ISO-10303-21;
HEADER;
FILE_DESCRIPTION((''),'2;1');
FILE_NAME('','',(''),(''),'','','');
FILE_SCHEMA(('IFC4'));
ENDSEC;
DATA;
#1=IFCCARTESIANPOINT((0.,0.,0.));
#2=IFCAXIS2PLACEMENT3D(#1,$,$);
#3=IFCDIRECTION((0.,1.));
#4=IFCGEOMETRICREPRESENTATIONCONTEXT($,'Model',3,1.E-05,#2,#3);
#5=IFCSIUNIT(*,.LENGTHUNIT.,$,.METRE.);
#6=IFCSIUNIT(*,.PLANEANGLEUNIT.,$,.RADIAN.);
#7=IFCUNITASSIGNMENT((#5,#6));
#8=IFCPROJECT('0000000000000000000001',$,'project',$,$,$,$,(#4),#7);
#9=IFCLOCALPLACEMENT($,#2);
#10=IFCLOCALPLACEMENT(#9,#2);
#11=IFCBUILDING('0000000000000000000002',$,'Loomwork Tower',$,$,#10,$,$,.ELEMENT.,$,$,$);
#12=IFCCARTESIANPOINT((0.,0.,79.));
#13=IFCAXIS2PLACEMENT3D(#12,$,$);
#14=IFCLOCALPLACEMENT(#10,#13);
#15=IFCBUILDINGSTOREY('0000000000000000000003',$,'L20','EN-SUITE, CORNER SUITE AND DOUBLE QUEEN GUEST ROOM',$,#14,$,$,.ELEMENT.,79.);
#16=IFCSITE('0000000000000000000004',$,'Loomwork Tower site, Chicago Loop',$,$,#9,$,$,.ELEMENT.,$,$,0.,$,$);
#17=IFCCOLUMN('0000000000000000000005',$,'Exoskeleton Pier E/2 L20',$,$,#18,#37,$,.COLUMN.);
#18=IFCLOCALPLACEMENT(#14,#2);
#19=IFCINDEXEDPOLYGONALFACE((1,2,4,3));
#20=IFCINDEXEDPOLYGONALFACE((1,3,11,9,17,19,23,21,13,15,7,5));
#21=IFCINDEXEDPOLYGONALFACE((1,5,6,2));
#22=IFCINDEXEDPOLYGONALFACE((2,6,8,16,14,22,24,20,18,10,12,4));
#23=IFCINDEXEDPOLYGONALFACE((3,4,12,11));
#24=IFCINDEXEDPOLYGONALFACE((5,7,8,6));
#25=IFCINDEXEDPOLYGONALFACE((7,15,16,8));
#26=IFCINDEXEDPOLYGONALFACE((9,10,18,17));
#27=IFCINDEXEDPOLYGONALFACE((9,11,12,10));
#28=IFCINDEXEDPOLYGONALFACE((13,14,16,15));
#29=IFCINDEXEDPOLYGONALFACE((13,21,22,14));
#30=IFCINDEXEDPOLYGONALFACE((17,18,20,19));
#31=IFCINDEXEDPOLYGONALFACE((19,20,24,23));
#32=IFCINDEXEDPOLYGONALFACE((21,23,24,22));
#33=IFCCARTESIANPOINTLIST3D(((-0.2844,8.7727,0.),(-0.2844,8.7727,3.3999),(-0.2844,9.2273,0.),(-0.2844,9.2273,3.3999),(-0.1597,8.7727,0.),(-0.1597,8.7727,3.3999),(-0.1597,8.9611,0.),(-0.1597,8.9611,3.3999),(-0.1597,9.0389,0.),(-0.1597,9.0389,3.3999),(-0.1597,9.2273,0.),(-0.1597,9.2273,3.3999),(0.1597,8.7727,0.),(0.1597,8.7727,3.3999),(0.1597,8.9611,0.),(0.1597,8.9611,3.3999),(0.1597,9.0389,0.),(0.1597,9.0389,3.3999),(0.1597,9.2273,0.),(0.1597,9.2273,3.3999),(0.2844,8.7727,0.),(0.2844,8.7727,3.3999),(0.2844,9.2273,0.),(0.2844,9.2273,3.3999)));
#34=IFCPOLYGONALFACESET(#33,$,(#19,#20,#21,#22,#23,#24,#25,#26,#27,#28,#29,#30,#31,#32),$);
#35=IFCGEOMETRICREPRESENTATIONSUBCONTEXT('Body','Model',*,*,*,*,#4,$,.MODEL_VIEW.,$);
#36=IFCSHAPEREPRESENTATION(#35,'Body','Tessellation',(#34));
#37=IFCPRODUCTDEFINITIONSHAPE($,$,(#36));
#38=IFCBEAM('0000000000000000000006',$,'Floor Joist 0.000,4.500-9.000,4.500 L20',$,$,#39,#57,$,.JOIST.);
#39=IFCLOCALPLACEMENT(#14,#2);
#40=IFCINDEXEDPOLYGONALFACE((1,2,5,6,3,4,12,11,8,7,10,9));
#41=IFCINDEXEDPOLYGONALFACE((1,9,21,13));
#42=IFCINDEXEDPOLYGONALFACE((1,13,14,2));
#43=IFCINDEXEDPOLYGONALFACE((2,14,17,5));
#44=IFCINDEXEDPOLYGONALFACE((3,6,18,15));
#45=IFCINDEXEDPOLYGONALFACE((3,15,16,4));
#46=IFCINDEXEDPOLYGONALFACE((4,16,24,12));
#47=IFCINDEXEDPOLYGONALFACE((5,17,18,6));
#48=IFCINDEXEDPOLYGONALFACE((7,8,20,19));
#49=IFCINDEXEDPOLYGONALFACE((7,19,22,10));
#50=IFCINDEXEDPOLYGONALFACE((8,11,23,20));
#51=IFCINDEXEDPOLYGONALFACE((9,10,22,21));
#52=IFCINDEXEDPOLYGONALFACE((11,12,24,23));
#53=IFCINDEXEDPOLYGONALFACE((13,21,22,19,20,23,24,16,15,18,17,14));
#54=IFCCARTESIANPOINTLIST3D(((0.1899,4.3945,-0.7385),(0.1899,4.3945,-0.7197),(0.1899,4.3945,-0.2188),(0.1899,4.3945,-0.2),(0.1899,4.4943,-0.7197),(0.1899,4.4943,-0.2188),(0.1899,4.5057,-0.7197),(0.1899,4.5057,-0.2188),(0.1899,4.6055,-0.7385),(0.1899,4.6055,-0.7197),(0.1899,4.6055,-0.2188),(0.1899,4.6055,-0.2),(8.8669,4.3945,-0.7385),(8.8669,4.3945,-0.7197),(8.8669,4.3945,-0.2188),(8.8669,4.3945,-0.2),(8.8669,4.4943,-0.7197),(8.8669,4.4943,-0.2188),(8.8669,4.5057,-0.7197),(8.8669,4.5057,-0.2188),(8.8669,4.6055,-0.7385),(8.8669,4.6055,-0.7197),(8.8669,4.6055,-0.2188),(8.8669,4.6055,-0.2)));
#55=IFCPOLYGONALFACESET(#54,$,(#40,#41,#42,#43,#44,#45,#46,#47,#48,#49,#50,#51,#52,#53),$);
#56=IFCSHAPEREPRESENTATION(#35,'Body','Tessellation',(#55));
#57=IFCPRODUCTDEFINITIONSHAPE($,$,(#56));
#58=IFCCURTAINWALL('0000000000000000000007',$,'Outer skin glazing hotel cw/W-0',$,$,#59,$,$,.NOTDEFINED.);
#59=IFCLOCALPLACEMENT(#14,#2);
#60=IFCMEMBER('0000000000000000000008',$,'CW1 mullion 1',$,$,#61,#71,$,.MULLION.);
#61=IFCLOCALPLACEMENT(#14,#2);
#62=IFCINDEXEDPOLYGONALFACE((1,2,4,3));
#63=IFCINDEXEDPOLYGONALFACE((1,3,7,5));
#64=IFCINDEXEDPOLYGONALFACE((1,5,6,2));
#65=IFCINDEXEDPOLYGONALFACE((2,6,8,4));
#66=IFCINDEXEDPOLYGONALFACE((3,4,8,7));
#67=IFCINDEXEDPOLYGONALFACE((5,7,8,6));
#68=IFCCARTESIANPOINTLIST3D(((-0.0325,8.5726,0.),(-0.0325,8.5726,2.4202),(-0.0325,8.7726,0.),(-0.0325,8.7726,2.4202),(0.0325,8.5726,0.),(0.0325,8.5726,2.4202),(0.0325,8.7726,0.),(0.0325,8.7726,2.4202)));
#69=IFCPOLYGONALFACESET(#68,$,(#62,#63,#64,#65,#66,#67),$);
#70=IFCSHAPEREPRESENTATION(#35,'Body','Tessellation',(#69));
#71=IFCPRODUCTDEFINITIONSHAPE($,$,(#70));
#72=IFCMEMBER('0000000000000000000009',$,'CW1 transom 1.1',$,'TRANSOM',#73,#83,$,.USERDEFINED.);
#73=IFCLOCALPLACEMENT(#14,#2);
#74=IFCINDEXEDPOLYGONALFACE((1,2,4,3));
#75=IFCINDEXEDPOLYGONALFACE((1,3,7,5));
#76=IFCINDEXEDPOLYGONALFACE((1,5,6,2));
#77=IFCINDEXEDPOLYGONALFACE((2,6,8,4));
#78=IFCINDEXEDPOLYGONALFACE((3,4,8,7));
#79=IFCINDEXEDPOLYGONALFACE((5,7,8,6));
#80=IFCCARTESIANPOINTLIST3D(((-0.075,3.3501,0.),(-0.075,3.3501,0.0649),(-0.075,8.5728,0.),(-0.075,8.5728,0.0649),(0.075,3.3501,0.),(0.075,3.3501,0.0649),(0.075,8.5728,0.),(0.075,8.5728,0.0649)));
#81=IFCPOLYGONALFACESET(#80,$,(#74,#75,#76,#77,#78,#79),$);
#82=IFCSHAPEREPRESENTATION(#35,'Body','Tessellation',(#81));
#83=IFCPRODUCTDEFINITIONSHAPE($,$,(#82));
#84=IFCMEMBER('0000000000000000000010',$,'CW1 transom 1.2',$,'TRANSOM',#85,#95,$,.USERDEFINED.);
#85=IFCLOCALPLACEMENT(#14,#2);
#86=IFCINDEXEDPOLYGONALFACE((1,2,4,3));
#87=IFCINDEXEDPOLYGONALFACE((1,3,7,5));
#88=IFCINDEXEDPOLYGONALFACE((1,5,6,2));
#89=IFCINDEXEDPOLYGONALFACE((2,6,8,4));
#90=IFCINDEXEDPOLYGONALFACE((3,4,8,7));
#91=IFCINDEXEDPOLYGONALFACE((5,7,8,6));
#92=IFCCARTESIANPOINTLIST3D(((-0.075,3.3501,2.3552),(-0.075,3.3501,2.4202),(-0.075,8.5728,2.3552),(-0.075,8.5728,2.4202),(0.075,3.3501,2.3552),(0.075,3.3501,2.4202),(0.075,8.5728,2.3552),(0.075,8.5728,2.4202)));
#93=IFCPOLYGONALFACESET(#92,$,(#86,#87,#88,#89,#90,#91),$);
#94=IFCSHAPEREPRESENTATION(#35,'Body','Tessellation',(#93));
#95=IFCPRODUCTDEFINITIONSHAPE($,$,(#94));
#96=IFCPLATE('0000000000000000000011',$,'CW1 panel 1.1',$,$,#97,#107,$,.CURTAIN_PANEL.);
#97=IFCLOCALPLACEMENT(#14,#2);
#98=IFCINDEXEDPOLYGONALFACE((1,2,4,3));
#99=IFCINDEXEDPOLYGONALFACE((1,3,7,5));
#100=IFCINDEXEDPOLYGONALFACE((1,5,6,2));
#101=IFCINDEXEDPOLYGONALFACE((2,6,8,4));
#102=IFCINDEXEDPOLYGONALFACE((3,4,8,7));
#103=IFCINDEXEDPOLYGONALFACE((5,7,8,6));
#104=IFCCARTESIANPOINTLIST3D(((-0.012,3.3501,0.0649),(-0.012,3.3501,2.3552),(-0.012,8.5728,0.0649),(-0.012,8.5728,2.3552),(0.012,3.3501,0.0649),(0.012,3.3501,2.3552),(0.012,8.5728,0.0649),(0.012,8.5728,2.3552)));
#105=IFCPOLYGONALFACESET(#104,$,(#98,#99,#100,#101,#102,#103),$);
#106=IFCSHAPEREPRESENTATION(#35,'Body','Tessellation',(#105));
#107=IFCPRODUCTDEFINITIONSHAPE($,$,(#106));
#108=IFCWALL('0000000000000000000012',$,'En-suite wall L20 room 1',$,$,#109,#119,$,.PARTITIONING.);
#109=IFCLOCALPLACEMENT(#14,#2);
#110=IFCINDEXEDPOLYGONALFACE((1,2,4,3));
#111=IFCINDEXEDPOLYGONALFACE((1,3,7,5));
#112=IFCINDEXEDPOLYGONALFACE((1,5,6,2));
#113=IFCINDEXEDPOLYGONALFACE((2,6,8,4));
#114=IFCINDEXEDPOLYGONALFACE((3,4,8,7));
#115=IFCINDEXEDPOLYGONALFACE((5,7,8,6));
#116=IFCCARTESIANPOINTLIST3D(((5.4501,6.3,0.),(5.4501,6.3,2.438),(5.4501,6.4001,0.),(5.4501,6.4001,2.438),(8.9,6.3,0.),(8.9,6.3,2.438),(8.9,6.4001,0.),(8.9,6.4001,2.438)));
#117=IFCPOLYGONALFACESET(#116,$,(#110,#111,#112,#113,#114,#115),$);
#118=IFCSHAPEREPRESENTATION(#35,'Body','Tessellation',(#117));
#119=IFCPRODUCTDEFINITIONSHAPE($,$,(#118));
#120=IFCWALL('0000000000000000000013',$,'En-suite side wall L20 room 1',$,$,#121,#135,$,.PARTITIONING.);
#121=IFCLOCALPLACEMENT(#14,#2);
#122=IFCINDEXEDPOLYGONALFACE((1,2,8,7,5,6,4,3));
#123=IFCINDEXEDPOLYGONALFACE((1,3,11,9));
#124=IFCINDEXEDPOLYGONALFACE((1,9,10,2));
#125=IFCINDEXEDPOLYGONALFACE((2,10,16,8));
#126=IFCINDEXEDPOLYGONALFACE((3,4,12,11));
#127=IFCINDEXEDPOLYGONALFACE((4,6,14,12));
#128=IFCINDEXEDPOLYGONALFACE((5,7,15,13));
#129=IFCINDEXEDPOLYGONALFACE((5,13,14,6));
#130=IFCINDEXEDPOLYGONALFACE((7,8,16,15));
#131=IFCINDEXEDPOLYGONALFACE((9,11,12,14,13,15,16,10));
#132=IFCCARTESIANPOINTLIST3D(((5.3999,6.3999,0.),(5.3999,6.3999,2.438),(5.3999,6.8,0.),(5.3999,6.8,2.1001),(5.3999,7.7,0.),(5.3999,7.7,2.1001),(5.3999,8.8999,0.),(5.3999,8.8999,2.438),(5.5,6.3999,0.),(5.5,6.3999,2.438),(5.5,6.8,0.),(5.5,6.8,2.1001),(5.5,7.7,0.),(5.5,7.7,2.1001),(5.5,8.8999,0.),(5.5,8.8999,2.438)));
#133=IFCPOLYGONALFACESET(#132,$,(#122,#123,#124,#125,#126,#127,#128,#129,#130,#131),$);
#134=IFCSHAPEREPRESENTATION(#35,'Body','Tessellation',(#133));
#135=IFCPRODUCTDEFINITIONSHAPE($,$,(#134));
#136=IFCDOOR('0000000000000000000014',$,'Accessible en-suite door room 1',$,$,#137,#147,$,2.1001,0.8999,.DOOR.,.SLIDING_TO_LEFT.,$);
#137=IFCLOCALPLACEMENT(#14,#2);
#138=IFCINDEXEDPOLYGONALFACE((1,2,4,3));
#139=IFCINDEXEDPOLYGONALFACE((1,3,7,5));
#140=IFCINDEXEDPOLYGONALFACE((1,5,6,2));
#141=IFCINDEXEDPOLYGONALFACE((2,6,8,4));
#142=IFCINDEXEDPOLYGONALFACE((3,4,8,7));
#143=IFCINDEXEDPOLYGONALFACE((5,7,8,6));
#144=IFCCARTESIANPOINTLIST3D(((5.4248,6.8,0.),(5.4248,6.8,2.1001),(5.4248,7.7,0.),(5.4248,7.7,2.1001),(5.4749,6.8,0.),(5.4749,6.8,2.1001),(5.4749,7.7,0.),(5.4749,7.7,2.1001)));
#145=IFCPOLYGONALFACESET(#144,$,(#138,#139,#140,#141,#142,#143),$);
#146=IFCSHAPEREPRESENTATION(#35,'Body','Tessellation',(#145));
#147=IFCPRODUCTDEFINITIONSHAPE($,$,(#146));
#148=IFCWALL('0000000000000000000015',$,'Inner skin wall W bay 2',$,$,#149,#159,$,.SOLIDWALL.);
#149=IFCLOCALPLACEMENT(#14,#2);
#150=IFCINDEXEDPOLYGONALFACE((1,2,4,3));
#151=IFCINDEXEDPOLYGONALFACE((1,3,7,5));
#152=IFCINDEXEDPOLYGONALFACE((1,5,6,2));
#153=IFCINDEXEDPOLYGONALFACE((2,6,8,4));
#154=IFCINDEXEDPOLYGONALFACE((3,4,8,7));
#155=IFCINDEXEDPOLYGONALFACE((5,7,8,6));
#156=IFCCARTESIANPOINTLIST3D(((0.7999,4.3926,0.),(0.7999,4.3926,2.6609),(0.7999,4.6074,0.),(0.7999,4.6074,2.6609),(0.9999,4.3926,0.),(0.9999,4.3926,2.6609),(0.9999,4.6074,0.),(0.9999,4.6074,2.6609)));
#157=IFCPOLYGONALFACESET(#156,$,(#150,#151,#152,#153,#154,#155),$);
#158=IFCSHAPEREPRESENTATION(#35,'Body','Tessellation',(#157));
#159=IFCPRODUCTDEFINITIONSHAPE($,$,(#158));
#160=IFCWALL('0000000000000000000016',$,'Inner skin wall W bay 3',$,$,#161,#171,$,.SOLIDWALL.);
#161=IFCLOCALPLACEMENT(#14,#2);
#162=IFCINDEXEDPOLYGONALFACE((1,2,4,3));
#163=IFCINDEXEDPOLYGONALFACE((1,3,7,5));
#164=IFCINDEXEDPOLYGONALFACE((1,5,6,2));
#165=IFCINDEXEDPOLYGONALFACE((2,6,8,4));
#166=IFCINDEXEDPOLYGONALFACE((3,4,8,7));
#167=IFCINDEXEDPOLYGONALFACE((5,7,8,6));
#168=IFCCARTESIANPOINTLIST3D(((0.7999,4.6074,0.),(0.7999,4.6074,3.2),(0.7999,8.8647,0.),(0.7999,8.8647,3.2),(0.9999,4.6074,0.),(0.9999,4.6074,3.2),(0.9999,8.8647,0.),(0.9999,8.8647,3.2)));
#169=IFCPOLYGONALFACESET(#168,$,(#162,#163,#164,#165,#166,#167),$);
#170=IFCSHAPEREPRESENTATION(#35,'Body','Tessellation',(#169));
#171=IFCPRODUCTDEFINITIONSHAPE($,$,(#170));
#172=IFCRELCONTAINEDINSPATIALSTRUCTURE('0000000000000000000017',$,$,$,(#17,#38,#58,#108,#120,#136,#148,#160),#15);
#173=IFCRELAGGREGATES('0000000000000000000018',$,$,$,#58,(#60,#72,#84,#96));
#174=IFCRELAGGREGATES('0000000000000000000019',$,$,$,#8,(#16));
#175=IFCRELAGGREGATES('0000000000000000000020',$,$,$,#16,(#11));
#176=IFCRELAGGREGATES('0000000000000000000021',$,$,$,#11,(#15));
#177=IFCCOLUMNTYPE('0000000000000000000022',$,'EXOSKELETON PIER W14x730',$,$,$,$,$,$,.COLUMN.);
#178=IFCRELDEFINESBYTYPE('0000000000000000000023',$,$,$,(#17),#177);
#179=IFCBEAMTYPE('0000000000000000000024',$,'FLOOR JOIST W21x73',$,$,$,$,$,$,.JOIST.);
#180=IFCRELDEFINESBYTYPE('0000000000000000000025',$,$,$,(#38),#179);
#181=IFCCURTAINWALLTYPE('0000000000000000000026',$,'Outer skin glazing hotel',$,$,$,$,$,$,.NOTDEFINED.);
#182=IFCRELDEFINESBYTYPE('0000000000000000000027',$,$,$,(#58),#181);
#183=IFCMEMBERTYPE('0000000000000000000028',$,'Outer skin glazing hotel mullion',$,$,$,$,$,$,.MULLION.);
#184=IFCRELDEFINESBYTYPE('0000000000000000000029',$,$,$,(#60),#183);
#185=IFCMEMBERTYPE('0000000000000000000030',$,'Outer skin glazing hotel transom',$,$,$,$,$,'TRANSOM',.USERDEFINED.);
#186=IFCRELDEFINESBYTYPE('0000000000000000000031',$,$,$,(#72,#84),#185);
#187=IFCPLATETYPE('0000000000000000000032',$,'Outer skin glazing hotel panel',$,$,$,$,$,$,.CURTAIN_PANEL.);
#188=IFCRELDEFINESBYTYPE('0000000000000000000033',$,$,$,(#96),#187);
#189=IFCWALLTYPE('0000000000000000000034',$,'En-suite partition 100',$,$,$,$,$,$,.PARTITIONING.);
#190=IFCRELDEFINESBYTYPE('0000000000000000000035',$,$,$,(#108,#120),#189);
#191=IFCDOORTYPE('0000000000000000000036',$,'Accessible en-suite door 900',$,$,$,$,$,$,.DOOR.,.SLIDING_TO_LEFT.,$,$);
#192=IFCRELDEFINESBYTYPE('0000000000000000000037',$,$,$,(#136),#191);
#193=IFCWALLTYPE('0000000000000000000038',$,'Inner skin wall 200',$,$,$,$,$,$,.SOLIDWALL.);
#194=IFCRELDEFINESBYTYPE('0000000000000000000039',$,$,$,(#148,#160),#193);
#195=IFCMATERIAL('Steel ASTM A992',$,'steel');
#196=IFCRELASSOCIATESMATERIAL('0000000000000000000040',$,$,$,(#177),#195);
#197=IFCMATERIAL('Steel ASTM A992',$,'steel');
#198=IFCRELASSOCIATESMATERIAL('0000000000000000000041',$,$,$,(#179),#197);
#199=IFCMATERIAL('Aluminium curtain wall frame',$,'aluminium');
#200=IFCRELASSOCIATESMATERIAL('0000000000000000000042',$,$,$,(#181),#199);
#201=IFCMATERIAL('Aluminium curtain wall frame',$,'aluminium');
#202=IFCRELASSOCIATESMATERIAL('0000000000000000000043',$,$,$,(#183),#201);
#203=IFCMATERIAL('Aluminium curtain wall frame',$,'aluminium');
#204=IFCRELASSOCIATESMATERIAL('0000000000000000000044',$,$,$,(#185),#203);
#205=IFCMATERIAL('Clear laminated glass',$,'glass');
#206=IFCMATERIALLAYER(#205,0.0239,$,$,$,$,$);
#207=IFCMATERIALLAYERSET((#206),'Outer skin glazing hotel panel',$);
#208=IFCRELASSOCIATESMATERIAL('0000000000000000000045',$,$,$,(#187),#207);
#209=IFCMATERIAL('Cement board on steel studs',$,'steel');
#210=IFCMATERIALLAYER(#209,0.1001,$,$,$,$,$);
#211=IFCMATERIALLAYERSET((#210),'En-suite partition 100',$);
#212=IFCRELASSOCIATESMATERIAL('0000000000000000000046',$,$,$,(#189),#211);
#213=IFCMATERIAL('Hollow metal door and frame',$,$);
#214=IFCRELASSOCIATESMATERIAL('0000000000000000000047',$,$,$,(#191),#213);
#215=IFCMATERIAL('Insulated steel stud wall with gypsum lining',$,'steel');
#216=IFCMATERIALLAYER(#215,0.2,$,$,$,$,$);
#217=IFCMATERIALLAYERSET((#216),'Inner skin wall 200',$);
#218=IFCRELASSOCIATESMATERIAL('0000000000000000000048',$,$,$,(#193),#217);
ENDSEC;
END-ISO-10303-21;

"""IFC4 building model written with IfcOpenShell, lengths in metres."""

from ifc_helpers import new_model, si_unit, direction, frame, frame_2d, origin, origin_2d, place, context, subcontext, project, spatial, rectangle, i_section, extrude, material, layer, layer_set, material_profile, profile_set, type_object, element, fill, aggregate, save


model = new_model("IFC4")

# Units and contexts
model_context = context("Model", 3, precision=1e-05, world=origin(), true_north=direction((0.0, 1.0)))
body_context = subcontext(model_context, "Body", "Model", "MODEL_VIEW")
ifc_project = project(units=[si_unit("LENGTHUNIT", "METRE"), si_unit("PLANEANGLEUNIT", "RADIAN")], contexts=[model_context])

# Site, building, storey
site_placement = place(None, origin())
site = spatial("IfcSite", under=ifc_project, at=site_placement, Name="Loomwork Tower site, Chicago Loop", CompositionType="ELEMENT", RefElevation=0.0)
building_placement = place(site_placement, origin())
building = spatial("IfcBuilding", under=site, at=building_placement, Name="Loomwork Tower", CompositionType="ELEMENT")
storey_placement = place(building_placement, frame((0.0, 0.0, 79.0)))
storey = spatial("IfcBuildingStorey", under=building, at=storey_placement, Name="L20", Description="EN-SUITE, CORNER SUITE AND DOUBLE QUEEN GUEST ROOM", CompositionType="ELEMENT", Elevation=79.0)

# Column
ifc_material_1 = material(Name="Steel ASTM A992", Category="steel")
ifc_material_profile_1 = material_profile(ifc_material_1, i_section(OverallWidth=0.4546, OverallDepth=0.5688, WebThickness=0.0779, FlangeThickness=0.1248, at=origin_2d()), Name="W14x730")
ifc_profile_set_1 = profile_set([ifc_material_profile_1], Name="Steel ASTM A992")
column_type = type_object("IfcColumnType", Name="EXOSKELETON PIER W14x730", PredefinedType="COLUMN", material=ifc_profile_set_1)
column_placement = place(storey_placement, frame((0.0, 9.0, 0.0), z_axis=(0.0, 0.0, 1.0), x_axis=(0.0, 1.0, 0.0)))
element("IfcColumn", 1, at=column_placement, inside=storey, type_object=column_type, Name="Exoskeleton Pier E/2 L20", PredefinedType="COLUMN", context=body_context, shape_type="SweptSolid", body=[
    extrude(i_section(OverallWidth=0.4546, OverallDepth=0.5688, WebThickness=0.0779, FlangeThickness=0.1248, at=origin_2d()), origin(), (0.0, 0.0, 1.0), 3.3999),
])

# Beam
ifc_material_2 = material(Name="Steel ASTM A992", Category="steel")
ifc_material_profile_2 = material_profile(ifc_material_2, i_section(OverallWidth=0.2109, OverallDepth=0.5386, WebThickness=0.0115, FlangeThickness=0.0188, at=origin_2d()), Name="W21x73")
ifc_profile_set_2 = profile_set([ifc_material_profile_2], Name="Steel ASTM A992")
beam_type = type_object("IfcBeamType", Name="FLOOR JOIST W21x73", PredefinedType="JOIST", material=ifc_profile_set_2)
beam_placement = place(storey_placement, frame((0.1899, 4.5, -0.4692), z_axis=(1.0, 0.0, 0.0), x_axis=(0.0, 1.0, 0.0)))
element("IfcBeam", 2, at=beam_placement, inside=storey, type_object=beam_type, Name="Floor Joist 0.000,4.500-9.000,4.500 L20", PredefinedType="JOIST", context=body_context, shape_type="SweptSolid", body=[
    extrude(i_section(OverallWidth=0.2109, OverallDepth=0.5386, WebThickness=0.0115, FlangeThickness=0.0188, at=origin_2d()), origin(), (0.0, 0.0, 1.0), 8.677),
])

# Curtain wall, members, plate
ifc_material_3 = material(Name="Aluminium curtain wall frame", Category="aluminium")
curtain_wall_type = type_object("IfcCurtainWallType", Name="Outer skin glazing hotel", PredefinedType="NOTDEFINED", material=ifc_material_3)
curtain_wall_placement = place(storey_placement, origin())
curtain_wall = element("IfcCurtainWall", 3, at=curtain_wall_placement, inside=storey, type_object=curtain_wall_type, Name="Outer skin glazing hotel cw/W-0", PredefinedType="NOTDEFINED")
ifc_material_4 = material(Name="Aluminium curtain wall frame", Category="aluminium")
ifc_material_profile_3 = material_profile(ifc_material_4, rectangle(XDim=0.0649, YDim=0.2, at=origin_2d()), Name="AL 65x200")
ifc_profile_set_3 = profile_set([ifc_material_profile_3], Name="Aluminium curtain wall frame")
member_type_1 = type_object("IfcMemberType", Name="Outer skin glazing hotel mullion", PredefinedType="MULLION", material=ifc_profile_set_3)
member_1_placement = place(storey_placement, frame((0.0, 8.6726, 0.0), z_axis=(0.0, 0.0, 1.0), x_axis=(1.0, 0.0, 0.0)))
member_1 = element("IfcMember", 4, at=member_1_placement, type_object=member_type_1, Name="CW1 mullion 1", PredefinedType="MULLION", context=body_context, shape_type="SweptSolid", body=[
    extrude(rectangle(XDim=0.0649, YDim=0.2, at=origin_2d()), origin(), (0.0, 0.0, 1.0), 2.4202),
])
ifc_material_5 = material(Name="Aluminium curtain wall frame", Category="aluminium")
ifc_material_profile_4 = material_profile(ifc_material_5, rectangle(XDim=0.1499, YDim=0.0649, at=origin_2d()), Name="AL 65x150")
ifc_profile_set_4 = profile_set([ifc_material_profile_4], Name="Aluminium curtain wall frame")
member_type_2 = type_object("IfcMemberType", Name="Outer skin glazing hotel transom", ElementType="TRANSOM", PredefinedType="USERDEFINED", material=ifc_profile_set_4)
member_2_placement = place(storey_placement, frame((0.0, 8.5728, 0.0325), z_axis=(0.0, -1.0, 0.0), x_axis=(1.0, 0.0, 0.0)))
member_2 = element("IfcMember", 5, at=member_2_placement, type_object=member_type_2, Name="CW1 transom 1.1", ObjectType="TRANSOM", PredefinedType="USERDEFINED", context=body_context, shape_type="SweptSolid", body=[
    extrude(rectangle(XDim=0.1499, YDim=0.0649, at=origin_2d()), origin(), (0.0, 0.0, 1.0), 5.2227),
])
member_3_placement = place(storey_placement, frame((0.0, 8.5728, 2.3877), z_axis=(0.0, -1.0, 0.0), x_axis=(1.0, 0.0, 0.0)))
member_3 = element("IfcMember", 6, at=member_3_placement, type_object=member_type_2, Name="CW1 transom 1.2", ObjectType="TRANSOM", PredefinedType="USERDEFINED", context=body_context, shape_type="SweptSolid", body=[
    extrude(rectangle(XDim=0.1499, YDim=0.0649, at=origin_2d()), origin(), (0.0, 0.0, 1.0), 5.2227),
])
ifc_material_6 = material(Name="Clear laminated glass", Category="glass")
ifc_layer_1 = layer(ifc_material_6, 0.0239)
ifc_layer_set_1 = layer_set([ifc_layer_1], Name="Outer skin glazing hotel panel")
plate_type = type_object("IfcPlateType", Name="Outer skin glazing hotel panel", PredefinedType="CURTAIN_PANEL", material=ifc_layer_set_1)
plate_placement = place(storey_placement, frame((0.0, 5.9614, 0.0649), z_axis=(0.0, 0.0, 1.0), x_axis=(0.0, -1.0, 0.0)))
plate = element("IfcPlate", 7, at=plate_placement, type_object=plate_type, Name="CW1 panel 1.1", PredefinedType="CURTAIN_PANEL", context=body_context, shape_type="SweptSolid", body=[
    extrude(rectangle(XDim=5.2227, YDim=0.0239, at=origin_2d()), origin(), (0.0, 0.0, 1.0), 2.2903),
])
aggregate(curtain_wall, [member_1, member_2, member_3, plate])

# Wall
ifc_material_7 = material(Name="Cement board on steel studs", Category="steel")
ifc_layer_2 = layer(ifc_material_7, 0.1001)
ifc_layer_set_2 = layer_set([ifc_layer_2], Name="En-suite partition 100")
wall_type_1 = type_object("IfcWallType", Name="En-suite partition 100", PredefinedType="PARTITIONING", material=ifc_layer_set_2)
wall_1_placement = place(storey_placement, frame((5.45, 6.3501, 0.0), z_axis=(0.0, 0.0, 1.0), x_axis=(1.0, 0.0, 0.0)))
element("IfcWall", 8, at=wall_1_placement, inside=storey, type_object=wall_type_1, Name="En-suite wall L20 room 1", PredefinedType="PARTITIONING", context=body_context, shape_type="SweptSolid", body=[
    extrude(rectangle(XDim=3.45, YDim=0.1001, at=frame_2d((1.7251, 0.0))), origin(), (0.0, 0.0, 1.0), 2.438),
])

# Wall, opening, door
wall_2_placement = place(storey_placement, frame((5.45, 8.8999, 0.0), z_axis=(0.0, 0.0, 1.0), x_axis=(0.0, -1.0, 0.0)))
wall_2 = element("IfcWall", 9, at=wall_2_placement, inside=storey, type_object=wall_type_1, Name="En-suite side wall L20 room 1", PredefinedType="PARTITIONING", context=body_context, shape_type="SweptSolid", body=[
    extrude(rectangle(XDim=2.5, YDim=0.1001, at=frame_2d((1.25, 0.0))), origin(), (0.0, 0.0, 1.0), 2.438),
])
opening_placement = place(wall_2_placement, frame((1.2, 0.0, 0.0)))
opening = element("IfcOpeningElement", 10, at=opening_placement, cuts=wall_2, PredefinedType="OPENING", context=body_context, shape_type="SweptSolid", body=[
    extrude(rectangle(XDim=0.8999, YDim=2.1001, at=frame_2d((0.45, 1.05))), frame((0.0, 0.0601, 0.0), z_axis=(0.0, -1.0, 0.0), x_axis=(1.0, 0.0, 0.0)), (0.0, 0.0, 1.0), 0.1201),
])
ifc_material_8 = material(Name="Hollow metal door and frame")
door_type = type_object("IfcDoorType", Name="Accessible en-suite door 900", OperationType="SLIDING_TO_LEFT", PredefinedType="DOOR", material=ifc_material_8)
door_placement = place(opening_placement, origin())
door = element("IfcDoor", 11, at=door_placement, inside=storey, type_object=door_type, Name="Accessible en-suite door room 1", OperationType="SLIDING_TO_LEFT", OverallHeight=2.1001, OverallWidth=0.8999, PredefinedType="DOOR", context=body_context, shape_type="SweptSolid", body=[
    extrude(rectangle(XDim=0.8999, YDim=2.1001, at=frame_2d((0.45, 1.05))), frame((0.0, 0.0249, 0.0), z_axis=(0.0, -1.0, 0.0), x_axis=(1.0, 0.0, 0.0)), (0.0, 0.0, 1.0), 0.05),
])
fill(opening, door)

# Walls
ifc_material_9 = material(Name="Insulated steel stud wall with gypsum lining", Category="steel")
ifc_layer_3 = layer(ifc_material_9, 0.2)
ifc_layer_set_3 = layer_set([ifc_layer_3], Name="Inner skin wall 200")
wall_type_2 = type_object("IfcWallType", Name="Inner skin wall 200", PredefinedType="SOLIDWALL", material=ifc_layer_set_3)
wall_3_placement = place(storey_placement, frame((0.8999, 4.3926, 0.0), z_axis=(0.0, 0.0, 1.0), x_axis=(0.0, 1.0, 0.0)))
element("IfcWall", 12, at=wall_3_placement, inside=storey, type_object=wall_type_2, Name="Inner skin wall W bay 2", PredefinedType="SOLIDWALL", context=body_context, shape_type="SweptSolid", body=[
    extrude(rectangle(XDim=0.2148, YDim=0.2, at=frame_2d((0.1074, 0.0))), origin(), (0.0, 0.0, 1.0), 2.6609),
])
wall_4_placement = place(storey_placement, frame((0.8999, 4.6074, 0.0), z_axis=(0.0, 0.0, 1.0), x_axis=(0.0, 1.0, 0.0)))
element("IfcWall", 13, at=wall_4_placement, inside=storey, type_object=wall_type_2, Name="Inner skin wall W bay 3", PredefinedType="SOLIDWALL", context=body_context, shape_type="SweptSolid", body=[
    extrude(rectangle(XDim=4.2573, YDim=0.2, at=frame_2d((2.1287, 0.0))), origin(), (0.0, 0.0, 1.0), 3.2),
])

save(model, "model.ifc")
